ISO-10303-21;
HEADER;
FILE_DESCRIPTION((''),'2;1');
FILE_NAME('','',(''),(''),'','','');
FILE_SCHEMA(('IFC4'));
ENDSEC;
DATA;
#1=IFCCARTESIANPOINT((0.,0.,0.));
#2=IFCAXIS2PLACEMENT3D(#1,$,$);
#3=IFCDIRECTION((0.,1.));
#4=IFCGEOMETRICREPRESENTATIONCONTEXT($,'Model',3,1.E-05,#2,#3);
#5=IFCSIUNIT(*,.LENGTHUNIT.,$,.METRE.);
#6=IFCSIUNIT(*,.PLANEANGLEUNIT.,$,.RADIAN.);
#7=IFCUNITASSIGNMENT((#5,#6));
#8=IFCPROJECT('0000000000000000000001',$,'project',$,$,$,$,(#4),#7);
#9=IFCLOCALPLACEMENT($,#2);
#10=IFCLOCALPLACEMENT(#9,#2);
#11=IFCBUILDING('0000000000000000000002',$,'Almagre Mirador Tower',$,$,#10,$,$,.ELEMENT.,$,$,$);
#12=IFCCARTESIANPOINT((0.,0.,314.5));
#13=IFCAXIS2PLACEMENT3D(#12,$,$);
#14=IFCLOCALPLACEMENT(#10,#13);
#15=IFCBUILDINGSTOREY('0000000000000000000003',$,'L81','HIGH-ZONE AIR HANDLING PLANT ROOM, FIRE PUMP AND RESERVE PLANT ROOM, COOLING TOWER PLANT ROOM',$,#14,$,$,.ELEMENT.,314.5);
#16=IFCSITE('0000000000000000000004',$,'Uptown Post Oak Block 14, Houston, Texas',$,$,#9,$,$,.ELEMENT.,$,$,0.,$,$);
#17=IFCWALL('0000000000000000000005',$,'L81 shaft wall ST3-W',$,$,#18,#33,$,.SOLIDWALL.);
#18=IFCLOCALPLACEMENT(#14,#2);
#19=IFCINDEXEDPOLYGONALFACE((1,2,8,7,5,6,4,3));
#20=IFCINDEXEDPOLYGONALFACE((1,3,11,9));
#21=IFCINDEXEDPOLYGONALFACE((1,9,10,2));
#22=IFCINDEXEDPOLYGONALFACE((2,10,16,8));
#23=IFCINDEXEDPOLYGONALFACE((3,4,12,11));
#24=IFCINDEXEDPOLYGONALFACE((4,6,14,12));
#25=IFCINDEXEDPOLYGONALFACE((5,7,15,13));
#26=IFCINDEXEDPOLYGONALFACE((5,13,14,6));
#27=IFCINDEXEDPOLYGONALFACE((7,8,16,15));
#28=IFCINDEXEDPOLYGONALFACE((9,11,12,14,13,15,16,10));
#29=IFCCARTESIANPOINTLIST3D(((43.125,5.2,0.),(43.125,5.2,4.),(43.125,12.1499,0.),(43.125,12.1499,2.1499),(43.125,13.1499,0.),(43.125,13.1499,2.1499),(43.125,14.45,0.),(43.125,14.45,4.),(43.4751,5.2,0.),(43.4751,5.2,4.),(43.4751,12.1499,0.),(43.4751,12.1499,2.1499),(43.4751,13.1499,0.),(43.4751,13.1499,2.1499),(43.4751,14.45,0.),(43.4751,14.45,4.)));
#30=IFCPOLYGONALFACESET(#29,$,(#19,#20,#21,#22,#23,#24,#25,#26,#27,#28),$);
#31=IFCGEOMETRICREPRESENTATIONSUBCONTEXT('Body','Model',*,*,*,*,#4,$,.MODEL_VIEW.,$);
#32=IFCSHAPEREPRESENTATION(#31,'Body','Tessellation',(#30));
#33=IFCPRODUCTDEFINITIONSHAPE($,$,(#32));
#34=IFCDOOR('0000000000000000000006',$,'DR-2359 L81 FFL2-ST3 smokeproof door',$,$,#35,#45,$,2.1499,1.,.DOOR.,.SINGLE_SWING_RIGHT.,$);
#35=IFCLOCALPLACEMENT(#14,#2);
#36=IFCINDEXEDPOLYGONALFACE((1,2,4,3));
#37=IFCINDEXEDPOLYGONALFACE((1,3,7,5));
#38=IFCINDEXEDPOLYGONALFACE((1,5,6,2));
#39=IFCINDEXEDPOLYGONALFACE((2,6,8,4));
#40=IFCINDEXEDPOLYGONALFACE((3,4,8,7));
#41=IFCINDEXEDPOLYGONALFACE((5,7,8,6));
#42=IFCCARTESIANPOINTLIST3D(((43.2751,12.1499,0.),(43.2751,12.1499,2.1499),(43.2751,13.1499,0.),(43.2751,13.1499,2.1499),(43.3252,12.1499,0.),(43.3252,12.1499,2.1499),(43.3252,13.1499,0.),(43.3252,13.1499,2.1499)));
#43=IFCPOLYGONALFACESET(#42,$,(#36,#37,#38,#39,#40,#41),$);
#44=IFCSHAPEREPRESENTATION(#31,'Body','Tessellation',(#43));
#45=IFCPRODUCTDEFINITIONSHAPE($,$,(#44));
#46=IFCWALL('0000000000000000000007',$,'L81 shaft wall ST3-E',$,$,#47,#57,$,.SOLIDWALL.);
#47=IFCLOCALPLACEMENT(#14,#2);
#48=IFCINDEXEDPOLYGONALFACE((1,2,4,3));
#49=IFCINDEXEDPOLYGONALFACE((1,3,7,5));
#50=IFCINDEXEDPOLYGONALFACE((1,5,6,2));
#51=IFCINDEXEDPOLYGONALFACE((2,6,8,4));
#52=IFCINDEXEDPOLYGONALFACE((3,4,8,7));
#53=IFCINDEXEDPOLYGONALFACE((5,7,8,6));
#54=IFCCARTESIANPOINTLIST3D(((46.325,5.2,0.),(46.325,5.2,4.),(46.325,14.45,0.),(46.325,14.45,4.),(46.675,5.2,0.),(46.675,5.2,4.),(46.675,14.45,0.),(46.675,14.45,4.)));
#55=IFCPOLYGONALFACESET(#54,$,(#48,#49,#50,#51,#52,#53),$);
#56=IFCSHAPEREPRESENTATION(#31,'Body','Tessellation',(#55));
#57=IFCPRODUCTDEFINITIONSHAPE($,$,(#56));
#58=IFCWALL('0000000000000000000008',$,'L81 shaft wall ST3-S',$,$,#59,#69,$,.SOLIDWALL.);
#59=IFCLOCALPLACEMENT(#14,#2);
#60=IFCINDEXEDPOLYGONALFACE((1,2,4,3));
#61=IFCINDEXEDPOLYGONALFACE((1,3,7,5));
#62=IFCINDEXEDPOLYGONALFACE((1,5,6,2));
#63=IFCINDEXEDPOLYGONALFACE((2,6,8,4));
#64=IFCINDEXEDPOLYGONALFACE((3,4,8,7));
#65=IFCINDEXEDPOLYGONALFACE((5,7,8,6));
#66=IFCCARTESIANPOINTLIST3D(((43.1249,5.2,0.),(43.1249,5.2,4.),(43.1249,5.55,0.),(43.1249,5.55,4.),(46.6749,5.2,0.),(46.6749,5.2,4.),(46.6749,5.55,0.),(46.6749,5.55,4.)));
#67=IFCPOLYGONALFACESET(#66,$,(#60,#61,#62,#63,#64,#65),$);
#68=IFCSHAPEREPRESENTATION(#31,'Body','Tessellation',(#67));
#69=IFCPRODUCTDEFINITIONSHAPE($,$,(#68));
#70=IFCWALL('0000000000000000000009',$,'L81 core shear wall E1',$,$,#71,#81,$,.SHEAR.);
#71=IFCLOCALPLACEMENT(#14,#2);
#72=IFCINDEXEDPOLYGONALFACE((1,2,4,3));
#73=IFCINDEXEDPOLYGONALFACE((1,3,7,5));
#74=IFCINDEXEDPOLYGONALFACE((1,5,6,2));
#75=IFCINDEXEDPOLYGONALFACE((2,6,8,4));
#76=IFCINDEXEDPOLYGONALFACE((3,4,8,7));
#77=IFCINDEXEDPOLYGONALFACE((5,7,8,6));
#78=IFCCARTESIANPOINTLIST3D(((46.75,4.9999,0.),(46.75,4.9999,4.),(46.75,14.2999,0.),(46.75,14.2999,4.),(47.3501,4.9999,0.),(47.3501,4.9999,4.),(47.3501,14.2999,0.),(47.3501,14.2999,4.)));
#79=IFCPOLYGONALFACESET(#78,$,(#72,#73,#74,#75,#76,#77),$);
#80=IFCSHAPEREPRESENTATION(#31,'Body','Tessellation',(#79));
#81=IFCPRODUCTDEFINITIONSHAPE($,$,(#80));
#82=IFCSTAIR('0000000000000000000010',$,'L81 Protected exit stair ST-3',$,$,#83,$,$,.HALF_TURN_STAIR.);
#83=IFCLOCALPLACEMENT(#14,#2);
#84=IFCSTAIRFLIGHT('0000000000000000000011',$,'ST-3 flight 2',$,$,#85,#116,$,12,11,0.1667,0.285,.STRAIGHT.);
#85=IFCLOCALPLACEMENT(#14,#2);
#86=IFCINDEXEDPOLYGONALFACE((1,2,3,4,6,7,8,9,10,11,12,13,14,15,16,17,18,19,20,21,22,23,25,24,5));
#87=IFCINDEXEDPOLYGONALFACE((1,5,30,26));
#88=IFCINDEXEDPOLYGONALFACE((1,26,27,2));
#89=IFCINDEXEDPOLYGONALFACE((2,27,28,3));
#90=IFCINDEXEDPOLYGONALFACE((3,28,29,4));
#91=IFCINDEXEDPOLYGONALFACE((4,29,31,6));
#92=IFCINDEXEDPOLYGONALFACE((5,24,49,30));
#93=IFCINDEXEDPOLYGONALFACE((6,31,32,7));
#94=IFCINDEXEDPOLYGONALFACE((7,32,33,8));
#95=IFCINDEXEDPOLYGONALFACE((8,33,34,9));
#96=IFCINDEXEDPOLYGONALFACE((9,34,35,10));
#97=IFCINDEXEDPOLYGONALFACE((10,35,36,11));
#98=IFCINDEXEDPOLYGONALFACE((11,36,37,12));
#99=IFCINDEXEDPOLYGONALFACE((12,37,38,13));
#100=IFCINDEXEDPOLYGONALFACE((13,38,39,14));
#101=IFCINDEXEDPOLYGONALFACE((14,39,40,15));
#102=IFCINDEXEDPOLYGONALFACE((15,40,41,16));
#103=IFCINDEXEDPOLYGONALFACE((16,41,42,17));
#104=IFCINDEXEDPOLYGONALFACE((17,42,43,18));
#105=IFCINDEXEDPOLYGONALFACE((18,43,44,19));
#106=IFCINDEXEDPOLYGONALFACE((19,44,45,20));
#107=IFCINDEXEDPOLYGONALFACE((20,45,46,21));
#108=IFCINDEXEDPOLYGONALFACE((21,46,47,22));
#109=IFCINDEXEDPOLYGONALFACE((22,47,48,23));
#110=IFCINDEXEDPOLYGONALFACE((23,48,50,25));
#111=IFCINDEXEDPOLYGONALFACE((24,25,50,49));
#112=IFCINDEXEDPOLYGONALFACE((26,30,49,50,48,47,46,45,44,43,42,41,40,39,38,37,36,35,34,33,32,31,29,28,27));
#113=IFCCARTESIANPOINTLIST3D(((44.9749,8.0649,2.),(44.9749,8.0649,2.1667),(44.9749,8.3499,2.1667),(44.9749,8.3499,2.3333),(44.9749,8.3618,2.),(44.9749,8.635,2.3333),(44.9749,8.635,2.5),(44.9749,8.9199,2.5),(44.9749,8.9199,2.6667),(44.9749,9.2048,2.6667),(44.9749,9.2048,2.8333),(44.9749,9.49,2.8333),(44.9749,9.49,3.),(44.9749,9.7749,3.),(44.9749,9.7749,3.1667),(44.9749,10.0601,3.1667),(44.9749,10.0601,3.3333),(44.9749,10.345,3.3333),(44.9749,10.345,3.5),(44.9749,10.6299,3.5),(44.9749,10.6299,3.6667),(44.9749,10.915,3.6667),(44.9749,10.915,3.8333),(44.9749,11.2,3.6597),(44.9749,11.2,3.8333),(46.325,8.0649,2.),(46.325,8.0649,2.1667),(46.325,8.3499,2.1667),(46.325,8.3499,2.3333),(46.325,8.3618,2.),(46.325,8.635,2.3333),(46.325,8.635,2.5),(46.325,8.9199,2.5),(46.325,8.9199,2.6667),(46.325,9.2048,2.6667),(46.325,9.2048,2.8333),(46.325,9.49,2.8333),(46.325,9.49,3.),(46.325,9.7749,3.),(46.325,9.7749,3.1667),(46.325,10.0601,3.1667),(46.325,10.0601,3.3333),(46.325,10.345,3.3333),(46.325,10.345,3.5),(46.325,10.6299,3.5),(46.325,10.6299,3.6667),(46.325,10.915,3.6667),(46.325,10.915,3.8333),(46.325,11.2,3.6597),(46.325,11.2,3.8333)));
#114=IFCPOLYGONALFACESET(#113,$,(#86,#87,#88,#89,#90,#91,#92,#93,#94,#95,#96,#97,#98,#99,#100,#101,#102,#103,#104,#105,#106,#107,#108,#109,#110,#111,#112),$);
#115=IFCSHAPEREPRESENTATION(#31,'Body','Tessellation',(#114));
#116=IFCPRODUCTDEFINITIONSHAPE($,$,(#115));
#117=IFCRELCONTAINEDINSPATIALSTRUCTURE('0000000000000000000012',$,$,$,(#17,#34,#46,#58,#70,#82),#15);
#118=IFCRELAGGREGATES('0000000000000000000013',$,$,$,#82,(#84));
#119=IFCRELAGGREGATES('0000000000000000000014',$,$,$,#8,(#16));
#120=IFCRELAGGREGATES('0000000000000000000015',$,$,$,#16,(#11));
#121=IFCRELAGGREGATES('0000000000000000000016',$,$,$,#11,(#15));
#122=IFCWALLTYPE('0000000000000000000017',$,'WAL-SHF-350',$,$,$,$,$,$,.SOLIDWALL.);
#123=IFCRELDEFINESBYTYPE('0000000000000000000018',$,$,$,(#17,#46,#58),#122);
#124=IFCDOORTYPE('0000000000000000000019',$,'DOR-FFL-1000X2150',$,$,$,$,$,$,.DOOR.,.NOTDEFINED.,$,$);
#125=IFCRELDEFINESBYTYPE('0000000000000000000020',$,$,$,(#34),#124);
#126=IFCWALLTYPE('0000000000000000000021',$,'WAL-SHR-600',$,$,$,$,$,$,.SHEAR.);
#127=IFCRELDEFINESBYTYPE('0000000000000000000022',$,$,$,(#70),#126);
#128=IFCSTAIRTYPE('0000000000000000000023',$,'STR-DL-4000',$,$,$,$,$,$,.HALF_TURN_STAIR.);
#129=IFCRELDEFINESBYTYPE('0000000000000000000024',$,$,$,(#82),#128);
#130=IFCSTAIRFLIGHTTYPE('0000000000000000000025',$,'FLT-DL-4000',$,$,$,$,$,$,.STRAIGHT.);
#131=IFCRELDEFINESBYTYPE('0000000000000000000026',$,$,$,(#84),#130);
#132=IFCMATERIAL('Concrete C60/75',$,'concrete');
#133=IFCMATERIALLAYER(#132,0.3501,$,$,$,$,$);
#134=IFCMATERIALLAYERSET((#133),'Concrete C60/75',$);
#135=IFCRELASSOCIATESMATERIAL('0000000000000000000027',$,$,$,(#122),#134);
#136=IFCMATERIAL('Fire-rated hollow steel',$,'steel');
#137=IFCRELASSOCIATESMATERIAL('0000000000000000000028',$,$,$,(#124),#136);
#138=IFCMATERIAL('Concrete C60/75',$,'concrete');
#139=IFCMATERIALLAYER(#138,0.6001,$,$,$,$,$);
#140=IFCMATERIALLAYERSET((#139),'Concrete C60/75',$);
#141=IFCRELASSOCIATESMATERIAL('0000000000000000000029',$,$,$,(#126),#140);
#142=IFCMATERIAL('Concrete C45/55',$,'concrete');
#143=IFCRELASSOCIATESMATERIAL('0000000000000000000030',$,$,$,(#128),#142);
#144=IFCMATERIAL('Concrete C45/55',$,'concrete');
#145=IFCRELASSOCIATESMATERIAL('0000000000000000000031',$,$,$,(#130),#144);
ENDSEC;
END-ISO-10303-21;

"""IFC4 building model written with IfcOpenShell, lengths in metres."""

from ifc_helpers import new_model, si_unit, direction, frame, frame_2d, origin, place, context, subcontext, project, spatial, polyline, rectangle, outline, extrude, material, layer, layer_set, type_object, element, fill, aggregate, save


model = new_model("IFC4")

# Units and contexts
model_context = context("Model", 3, precision=1e-05, world=origin(), true_north=direction((0.0, 1.0)))
body_context = subcontext(model_context, "Body", "Model", "MODEL_VIEW")
ifc_project = project(units=[si_unit("LENGTHUNIT", "METRE"), si_unit("PLANEANGLEUNIT", "RADIAN")], contexts=[model_context])

# Site, building, storey
site_placement = place(None, origin())
site = spatial("IfcSite", under=ifc_project, at=site_placement, Name="Uptown Post Oak Block 14, Houston, Texas", CompositionType="ELEMENT", RefElevation=0.0)
building_placement = place(site_placement, origin())
building = spatial("IfcBuilding", under=site, at=building_placement, Name="Almagre Mirador Tower", CompositionType="ELEMENT")
storey_placement = place(building_placement, frame((0.0, 0.0, 314.5)))
storey = spatial("IfcBuildingStorey", under=building, at=storey_placement, Name="L81", Description="HIGH-ZONE AIR HANDLING PLANT ROOM, FIRE PUMP AND RESERVE PLANT ROOM, COOLING TOWER PLANT ROOM", CompositionType="ELEMENT", Elevation=314.5)

# Wall, opening, door
ifc_material_1 = material(Name="Concrete C60/75", Category="concrete")
ifc_layer_1 = layer(ifc_material_1, 0.3501)
ifc_layer_set_1 = layer_set([ifc_layer_1], Name="Concrete C60/75")
wall_type_1 = type_object("IfcWallType", Name="WAL-SHF-350", PredefinedType="SOLIDWALL", material=ifc_layer_set_1)
wall_1_placement = place(storey_placement, frame((43.3, 5.2, 0.0), z_axis=(0.0, 0.0, 1.0), x_axis=(0.0, 1.0, 0.0)))
wall_1 = element("IfcWall", 1, at=wall_1_placement, inside=storey, type_object=wall_type_1, Name="L81 shaft wall ST3-W", PredefinedType="SOLIDWALL", context=body_context, shape_type="SweptSolid", body=[
    extrude(rectangle(XDim=9.25, YDim=0.3501, at=frame_2d((4.625, 0.0))), origin(), (0.0, 0.0, 1.0), 4.0),
])
opening_placement = place(wall_1_placement, frame((6.95, 0.0, 0.0)))
opening = element("IfcOpeningElement", 2, at=opening_placement, cuts=wall_1, PredefinedType="OPENING", context=body_context, shape_type="SweptSolid", body=[
    extrude(rectangle(XDim=1.0, YDim=2.1499, at=frame_2d((0.5, 1.075))), frame((0.0, 0.185, 0.0), z_axis=(0.0, -1.0, 0.0), x_axis=(1.0, 0.0, 0.0)), (0.0, 0.0, 1.0), 0.3701),
])
ifc_material_2 = material(Name="Fire-rated hollow steel", Category="steel")
door_type = type_object("IfcDoorType", Name="DOR-FFL-1000X2150", OperationType="NOTDEFINED", PredefinedType="DOOR", material=ifc_material_2)
door_placement = place(opening_placement, origin())
door = element("IfcDoor", 3, at=door_placement, inside=storey, type_object=door_type, Name="DR-2359 L81 FFL2-ST3 smokeproof door", OperationType="SINGLE_SWING_RIGHT", OverallHeight=2.1499, OverallWidth=1.0, PredefinedType="DOOR", context=body_context, shape_type="SweptSolid", body=[
    extrude(rectangle(XDim=1.0, YDim=2.1499, at=frame_2d((0.5, 1.075))), frame((0.0, 0.0249, 0.0), z_axis=(0.0, -1.0, 0.0), x_axis=(1.0, 0.0, 0.0)), (0.0, 0.0, 1.0), 0.05),
])
fill(opening, door)

# Walls
wall_2_placement = place(storey_placement, frame((46.5, 5.2, 0.0), z_axis=(0.0, 0.0, 1.0), x_axis=(0.0, 1.0, 0.0)))
element("IfcWall", 4, at=wall_2_placement, inside=storey, type_object=wall_type_1, Name="L81 shaft wall ST3-E", PredefinedType="SOLIDWALL", context=body_context, shape_type="SweptSolid", body=[
    extrude(rectangle(XDim=9.25, YDim=0.3501, at=frame_2d((4.625, 0.0))), origin(), (0.0, 0.0, 1.0), 4.0),
])
wall_3_placement = place(storey_placement, frame((43.125, 5.375, 0.0), z_axis=(0.0, 0.0, 1.0), x_axis=(1.0, 0.0, 0.0)))
element("IfcWall", 5, at=wall_3_placement, inside=storey, type_object=wall_type_1, Name="L81 shaft wall ST3-S", PredefinedType="SOLIDWALL", context=body_context, shape_type="SweptSolid", body=[
    extrude(rectangle(XDim=3.55, YDim=0.3501, at=frame_2d((1.7749, 0.0))), origin(), (0.0, 0.0, 1.0), 4.0),
])
ifc_material_3 = material(Name="Concrete C60/75", Category="concrete")
ifc_layer_2 = layer(ifc_material_3, 0.6001)
ifc_layer_set_2 = layer_set([ifc_layer_2], Name="Concrete C60/75")
wall_type_2 = type_object("IfcWallType", Name="WAL-SHR-600", PredefinedType="SHEAR", material=ifc_layer_set_2)
wall_4_placement = place(storey_placement, frame((47.05, 5.0, 0.0), z_axis=(0.0, 0.0, 1.0), x_axis=(0.0, 1.0, 0.0)))
element("IfcWall", 6, at=wall_4_placement, inside=storey, type_object=wall_type_2, Name="L81 core shear wall E1", PredefinedType="SHEAR", context=body_context, shape_type="SweptSolid", body=[
    extrude(rectangle(XDim=9.3, YDim=0.6001, at=frame_2d((4.6499, 0.0))), origin(), (0.0, 0.0, 1.0), 4.0),
])

# Stair, stair flight
ifc_material_4 = material(Name="Concrete C45/55", Category="concrete")
stair_type = type_object("IfcStairType", Name="STR-DL-4000", PredefinedType="HALF_TURN_STAIR", material=ifc_material_4)
stair_placement = place(storey_placement, origin())
stair = element("IfcStair", 7, at=stair_placement, inside=storey, type_object=stair_type, Name="L81 Protected exit stair ST-3", PredefinedType="HALF_TURN_STAIR")
ifc_material_5 = material(Name="Concrete C45/55", Category="concrete")
stair_flight_type = type_object("IfcStairFlightType", Name="FLT-DL-4000", PredefinedType="STRAIGHT", material=ifc_material_5)
stair_flight_placement = place(storey_placement, frame((45.6499, 8.0649, 2.0), z_axis=(0.0, 0.0, 1.0), x_axis=(0.0, 1.0, 0.0)))
stair_flight = element("IfcStairFlight", 8, at=stair_flight_placement, type_object=stair_flight_type, Name="ST-3 flight 2", NumberOfRisers=12, NumberOfTreads=11, PredefinedType="STRAIGHT", RiserHeight=0.1667, TreadLength=0.285, context=body_context, shape_type="SweptSolid", body=[
    extrude(outline(polyline([(0.0, 0.0), (0.0, 0.1667), (0.2849, 0.1667), (0.2849, 0.3333), (0.5701, 0.3333), (0.5701, 0.5), (0.855, 0.5), (0.855, 0.6667), (1.1399, 0.6667), (1.1399, 0.8333), (1.425, 0.8333), (1.425, 1.0), (1.71, 1.0), (1.71, 1.1667), (1.9951, 1.1667), (1.9951, 1.3333), (2.28, 1.3333), (2.28, 1.5), (2.5649, 1.5), (2.5649, 1.6667), (2.8501, 1.6667), (2.8501, 1.8333), (3.135, 1.8333), (3.135, 2.0), (3.135, 1.6597), (0.2969, 0.0), (0.0, 0.0)])), frame((0.0, 0.675, 0.0), z_axis=(0.0, -1.0, 0.0), x_axis=(1.0, 0.0, 0.0)), (0.0, 0.0, 1.0), 1.3501),
])
aggregate(stair, [stair_flight])

save(model, "model.ifc")
